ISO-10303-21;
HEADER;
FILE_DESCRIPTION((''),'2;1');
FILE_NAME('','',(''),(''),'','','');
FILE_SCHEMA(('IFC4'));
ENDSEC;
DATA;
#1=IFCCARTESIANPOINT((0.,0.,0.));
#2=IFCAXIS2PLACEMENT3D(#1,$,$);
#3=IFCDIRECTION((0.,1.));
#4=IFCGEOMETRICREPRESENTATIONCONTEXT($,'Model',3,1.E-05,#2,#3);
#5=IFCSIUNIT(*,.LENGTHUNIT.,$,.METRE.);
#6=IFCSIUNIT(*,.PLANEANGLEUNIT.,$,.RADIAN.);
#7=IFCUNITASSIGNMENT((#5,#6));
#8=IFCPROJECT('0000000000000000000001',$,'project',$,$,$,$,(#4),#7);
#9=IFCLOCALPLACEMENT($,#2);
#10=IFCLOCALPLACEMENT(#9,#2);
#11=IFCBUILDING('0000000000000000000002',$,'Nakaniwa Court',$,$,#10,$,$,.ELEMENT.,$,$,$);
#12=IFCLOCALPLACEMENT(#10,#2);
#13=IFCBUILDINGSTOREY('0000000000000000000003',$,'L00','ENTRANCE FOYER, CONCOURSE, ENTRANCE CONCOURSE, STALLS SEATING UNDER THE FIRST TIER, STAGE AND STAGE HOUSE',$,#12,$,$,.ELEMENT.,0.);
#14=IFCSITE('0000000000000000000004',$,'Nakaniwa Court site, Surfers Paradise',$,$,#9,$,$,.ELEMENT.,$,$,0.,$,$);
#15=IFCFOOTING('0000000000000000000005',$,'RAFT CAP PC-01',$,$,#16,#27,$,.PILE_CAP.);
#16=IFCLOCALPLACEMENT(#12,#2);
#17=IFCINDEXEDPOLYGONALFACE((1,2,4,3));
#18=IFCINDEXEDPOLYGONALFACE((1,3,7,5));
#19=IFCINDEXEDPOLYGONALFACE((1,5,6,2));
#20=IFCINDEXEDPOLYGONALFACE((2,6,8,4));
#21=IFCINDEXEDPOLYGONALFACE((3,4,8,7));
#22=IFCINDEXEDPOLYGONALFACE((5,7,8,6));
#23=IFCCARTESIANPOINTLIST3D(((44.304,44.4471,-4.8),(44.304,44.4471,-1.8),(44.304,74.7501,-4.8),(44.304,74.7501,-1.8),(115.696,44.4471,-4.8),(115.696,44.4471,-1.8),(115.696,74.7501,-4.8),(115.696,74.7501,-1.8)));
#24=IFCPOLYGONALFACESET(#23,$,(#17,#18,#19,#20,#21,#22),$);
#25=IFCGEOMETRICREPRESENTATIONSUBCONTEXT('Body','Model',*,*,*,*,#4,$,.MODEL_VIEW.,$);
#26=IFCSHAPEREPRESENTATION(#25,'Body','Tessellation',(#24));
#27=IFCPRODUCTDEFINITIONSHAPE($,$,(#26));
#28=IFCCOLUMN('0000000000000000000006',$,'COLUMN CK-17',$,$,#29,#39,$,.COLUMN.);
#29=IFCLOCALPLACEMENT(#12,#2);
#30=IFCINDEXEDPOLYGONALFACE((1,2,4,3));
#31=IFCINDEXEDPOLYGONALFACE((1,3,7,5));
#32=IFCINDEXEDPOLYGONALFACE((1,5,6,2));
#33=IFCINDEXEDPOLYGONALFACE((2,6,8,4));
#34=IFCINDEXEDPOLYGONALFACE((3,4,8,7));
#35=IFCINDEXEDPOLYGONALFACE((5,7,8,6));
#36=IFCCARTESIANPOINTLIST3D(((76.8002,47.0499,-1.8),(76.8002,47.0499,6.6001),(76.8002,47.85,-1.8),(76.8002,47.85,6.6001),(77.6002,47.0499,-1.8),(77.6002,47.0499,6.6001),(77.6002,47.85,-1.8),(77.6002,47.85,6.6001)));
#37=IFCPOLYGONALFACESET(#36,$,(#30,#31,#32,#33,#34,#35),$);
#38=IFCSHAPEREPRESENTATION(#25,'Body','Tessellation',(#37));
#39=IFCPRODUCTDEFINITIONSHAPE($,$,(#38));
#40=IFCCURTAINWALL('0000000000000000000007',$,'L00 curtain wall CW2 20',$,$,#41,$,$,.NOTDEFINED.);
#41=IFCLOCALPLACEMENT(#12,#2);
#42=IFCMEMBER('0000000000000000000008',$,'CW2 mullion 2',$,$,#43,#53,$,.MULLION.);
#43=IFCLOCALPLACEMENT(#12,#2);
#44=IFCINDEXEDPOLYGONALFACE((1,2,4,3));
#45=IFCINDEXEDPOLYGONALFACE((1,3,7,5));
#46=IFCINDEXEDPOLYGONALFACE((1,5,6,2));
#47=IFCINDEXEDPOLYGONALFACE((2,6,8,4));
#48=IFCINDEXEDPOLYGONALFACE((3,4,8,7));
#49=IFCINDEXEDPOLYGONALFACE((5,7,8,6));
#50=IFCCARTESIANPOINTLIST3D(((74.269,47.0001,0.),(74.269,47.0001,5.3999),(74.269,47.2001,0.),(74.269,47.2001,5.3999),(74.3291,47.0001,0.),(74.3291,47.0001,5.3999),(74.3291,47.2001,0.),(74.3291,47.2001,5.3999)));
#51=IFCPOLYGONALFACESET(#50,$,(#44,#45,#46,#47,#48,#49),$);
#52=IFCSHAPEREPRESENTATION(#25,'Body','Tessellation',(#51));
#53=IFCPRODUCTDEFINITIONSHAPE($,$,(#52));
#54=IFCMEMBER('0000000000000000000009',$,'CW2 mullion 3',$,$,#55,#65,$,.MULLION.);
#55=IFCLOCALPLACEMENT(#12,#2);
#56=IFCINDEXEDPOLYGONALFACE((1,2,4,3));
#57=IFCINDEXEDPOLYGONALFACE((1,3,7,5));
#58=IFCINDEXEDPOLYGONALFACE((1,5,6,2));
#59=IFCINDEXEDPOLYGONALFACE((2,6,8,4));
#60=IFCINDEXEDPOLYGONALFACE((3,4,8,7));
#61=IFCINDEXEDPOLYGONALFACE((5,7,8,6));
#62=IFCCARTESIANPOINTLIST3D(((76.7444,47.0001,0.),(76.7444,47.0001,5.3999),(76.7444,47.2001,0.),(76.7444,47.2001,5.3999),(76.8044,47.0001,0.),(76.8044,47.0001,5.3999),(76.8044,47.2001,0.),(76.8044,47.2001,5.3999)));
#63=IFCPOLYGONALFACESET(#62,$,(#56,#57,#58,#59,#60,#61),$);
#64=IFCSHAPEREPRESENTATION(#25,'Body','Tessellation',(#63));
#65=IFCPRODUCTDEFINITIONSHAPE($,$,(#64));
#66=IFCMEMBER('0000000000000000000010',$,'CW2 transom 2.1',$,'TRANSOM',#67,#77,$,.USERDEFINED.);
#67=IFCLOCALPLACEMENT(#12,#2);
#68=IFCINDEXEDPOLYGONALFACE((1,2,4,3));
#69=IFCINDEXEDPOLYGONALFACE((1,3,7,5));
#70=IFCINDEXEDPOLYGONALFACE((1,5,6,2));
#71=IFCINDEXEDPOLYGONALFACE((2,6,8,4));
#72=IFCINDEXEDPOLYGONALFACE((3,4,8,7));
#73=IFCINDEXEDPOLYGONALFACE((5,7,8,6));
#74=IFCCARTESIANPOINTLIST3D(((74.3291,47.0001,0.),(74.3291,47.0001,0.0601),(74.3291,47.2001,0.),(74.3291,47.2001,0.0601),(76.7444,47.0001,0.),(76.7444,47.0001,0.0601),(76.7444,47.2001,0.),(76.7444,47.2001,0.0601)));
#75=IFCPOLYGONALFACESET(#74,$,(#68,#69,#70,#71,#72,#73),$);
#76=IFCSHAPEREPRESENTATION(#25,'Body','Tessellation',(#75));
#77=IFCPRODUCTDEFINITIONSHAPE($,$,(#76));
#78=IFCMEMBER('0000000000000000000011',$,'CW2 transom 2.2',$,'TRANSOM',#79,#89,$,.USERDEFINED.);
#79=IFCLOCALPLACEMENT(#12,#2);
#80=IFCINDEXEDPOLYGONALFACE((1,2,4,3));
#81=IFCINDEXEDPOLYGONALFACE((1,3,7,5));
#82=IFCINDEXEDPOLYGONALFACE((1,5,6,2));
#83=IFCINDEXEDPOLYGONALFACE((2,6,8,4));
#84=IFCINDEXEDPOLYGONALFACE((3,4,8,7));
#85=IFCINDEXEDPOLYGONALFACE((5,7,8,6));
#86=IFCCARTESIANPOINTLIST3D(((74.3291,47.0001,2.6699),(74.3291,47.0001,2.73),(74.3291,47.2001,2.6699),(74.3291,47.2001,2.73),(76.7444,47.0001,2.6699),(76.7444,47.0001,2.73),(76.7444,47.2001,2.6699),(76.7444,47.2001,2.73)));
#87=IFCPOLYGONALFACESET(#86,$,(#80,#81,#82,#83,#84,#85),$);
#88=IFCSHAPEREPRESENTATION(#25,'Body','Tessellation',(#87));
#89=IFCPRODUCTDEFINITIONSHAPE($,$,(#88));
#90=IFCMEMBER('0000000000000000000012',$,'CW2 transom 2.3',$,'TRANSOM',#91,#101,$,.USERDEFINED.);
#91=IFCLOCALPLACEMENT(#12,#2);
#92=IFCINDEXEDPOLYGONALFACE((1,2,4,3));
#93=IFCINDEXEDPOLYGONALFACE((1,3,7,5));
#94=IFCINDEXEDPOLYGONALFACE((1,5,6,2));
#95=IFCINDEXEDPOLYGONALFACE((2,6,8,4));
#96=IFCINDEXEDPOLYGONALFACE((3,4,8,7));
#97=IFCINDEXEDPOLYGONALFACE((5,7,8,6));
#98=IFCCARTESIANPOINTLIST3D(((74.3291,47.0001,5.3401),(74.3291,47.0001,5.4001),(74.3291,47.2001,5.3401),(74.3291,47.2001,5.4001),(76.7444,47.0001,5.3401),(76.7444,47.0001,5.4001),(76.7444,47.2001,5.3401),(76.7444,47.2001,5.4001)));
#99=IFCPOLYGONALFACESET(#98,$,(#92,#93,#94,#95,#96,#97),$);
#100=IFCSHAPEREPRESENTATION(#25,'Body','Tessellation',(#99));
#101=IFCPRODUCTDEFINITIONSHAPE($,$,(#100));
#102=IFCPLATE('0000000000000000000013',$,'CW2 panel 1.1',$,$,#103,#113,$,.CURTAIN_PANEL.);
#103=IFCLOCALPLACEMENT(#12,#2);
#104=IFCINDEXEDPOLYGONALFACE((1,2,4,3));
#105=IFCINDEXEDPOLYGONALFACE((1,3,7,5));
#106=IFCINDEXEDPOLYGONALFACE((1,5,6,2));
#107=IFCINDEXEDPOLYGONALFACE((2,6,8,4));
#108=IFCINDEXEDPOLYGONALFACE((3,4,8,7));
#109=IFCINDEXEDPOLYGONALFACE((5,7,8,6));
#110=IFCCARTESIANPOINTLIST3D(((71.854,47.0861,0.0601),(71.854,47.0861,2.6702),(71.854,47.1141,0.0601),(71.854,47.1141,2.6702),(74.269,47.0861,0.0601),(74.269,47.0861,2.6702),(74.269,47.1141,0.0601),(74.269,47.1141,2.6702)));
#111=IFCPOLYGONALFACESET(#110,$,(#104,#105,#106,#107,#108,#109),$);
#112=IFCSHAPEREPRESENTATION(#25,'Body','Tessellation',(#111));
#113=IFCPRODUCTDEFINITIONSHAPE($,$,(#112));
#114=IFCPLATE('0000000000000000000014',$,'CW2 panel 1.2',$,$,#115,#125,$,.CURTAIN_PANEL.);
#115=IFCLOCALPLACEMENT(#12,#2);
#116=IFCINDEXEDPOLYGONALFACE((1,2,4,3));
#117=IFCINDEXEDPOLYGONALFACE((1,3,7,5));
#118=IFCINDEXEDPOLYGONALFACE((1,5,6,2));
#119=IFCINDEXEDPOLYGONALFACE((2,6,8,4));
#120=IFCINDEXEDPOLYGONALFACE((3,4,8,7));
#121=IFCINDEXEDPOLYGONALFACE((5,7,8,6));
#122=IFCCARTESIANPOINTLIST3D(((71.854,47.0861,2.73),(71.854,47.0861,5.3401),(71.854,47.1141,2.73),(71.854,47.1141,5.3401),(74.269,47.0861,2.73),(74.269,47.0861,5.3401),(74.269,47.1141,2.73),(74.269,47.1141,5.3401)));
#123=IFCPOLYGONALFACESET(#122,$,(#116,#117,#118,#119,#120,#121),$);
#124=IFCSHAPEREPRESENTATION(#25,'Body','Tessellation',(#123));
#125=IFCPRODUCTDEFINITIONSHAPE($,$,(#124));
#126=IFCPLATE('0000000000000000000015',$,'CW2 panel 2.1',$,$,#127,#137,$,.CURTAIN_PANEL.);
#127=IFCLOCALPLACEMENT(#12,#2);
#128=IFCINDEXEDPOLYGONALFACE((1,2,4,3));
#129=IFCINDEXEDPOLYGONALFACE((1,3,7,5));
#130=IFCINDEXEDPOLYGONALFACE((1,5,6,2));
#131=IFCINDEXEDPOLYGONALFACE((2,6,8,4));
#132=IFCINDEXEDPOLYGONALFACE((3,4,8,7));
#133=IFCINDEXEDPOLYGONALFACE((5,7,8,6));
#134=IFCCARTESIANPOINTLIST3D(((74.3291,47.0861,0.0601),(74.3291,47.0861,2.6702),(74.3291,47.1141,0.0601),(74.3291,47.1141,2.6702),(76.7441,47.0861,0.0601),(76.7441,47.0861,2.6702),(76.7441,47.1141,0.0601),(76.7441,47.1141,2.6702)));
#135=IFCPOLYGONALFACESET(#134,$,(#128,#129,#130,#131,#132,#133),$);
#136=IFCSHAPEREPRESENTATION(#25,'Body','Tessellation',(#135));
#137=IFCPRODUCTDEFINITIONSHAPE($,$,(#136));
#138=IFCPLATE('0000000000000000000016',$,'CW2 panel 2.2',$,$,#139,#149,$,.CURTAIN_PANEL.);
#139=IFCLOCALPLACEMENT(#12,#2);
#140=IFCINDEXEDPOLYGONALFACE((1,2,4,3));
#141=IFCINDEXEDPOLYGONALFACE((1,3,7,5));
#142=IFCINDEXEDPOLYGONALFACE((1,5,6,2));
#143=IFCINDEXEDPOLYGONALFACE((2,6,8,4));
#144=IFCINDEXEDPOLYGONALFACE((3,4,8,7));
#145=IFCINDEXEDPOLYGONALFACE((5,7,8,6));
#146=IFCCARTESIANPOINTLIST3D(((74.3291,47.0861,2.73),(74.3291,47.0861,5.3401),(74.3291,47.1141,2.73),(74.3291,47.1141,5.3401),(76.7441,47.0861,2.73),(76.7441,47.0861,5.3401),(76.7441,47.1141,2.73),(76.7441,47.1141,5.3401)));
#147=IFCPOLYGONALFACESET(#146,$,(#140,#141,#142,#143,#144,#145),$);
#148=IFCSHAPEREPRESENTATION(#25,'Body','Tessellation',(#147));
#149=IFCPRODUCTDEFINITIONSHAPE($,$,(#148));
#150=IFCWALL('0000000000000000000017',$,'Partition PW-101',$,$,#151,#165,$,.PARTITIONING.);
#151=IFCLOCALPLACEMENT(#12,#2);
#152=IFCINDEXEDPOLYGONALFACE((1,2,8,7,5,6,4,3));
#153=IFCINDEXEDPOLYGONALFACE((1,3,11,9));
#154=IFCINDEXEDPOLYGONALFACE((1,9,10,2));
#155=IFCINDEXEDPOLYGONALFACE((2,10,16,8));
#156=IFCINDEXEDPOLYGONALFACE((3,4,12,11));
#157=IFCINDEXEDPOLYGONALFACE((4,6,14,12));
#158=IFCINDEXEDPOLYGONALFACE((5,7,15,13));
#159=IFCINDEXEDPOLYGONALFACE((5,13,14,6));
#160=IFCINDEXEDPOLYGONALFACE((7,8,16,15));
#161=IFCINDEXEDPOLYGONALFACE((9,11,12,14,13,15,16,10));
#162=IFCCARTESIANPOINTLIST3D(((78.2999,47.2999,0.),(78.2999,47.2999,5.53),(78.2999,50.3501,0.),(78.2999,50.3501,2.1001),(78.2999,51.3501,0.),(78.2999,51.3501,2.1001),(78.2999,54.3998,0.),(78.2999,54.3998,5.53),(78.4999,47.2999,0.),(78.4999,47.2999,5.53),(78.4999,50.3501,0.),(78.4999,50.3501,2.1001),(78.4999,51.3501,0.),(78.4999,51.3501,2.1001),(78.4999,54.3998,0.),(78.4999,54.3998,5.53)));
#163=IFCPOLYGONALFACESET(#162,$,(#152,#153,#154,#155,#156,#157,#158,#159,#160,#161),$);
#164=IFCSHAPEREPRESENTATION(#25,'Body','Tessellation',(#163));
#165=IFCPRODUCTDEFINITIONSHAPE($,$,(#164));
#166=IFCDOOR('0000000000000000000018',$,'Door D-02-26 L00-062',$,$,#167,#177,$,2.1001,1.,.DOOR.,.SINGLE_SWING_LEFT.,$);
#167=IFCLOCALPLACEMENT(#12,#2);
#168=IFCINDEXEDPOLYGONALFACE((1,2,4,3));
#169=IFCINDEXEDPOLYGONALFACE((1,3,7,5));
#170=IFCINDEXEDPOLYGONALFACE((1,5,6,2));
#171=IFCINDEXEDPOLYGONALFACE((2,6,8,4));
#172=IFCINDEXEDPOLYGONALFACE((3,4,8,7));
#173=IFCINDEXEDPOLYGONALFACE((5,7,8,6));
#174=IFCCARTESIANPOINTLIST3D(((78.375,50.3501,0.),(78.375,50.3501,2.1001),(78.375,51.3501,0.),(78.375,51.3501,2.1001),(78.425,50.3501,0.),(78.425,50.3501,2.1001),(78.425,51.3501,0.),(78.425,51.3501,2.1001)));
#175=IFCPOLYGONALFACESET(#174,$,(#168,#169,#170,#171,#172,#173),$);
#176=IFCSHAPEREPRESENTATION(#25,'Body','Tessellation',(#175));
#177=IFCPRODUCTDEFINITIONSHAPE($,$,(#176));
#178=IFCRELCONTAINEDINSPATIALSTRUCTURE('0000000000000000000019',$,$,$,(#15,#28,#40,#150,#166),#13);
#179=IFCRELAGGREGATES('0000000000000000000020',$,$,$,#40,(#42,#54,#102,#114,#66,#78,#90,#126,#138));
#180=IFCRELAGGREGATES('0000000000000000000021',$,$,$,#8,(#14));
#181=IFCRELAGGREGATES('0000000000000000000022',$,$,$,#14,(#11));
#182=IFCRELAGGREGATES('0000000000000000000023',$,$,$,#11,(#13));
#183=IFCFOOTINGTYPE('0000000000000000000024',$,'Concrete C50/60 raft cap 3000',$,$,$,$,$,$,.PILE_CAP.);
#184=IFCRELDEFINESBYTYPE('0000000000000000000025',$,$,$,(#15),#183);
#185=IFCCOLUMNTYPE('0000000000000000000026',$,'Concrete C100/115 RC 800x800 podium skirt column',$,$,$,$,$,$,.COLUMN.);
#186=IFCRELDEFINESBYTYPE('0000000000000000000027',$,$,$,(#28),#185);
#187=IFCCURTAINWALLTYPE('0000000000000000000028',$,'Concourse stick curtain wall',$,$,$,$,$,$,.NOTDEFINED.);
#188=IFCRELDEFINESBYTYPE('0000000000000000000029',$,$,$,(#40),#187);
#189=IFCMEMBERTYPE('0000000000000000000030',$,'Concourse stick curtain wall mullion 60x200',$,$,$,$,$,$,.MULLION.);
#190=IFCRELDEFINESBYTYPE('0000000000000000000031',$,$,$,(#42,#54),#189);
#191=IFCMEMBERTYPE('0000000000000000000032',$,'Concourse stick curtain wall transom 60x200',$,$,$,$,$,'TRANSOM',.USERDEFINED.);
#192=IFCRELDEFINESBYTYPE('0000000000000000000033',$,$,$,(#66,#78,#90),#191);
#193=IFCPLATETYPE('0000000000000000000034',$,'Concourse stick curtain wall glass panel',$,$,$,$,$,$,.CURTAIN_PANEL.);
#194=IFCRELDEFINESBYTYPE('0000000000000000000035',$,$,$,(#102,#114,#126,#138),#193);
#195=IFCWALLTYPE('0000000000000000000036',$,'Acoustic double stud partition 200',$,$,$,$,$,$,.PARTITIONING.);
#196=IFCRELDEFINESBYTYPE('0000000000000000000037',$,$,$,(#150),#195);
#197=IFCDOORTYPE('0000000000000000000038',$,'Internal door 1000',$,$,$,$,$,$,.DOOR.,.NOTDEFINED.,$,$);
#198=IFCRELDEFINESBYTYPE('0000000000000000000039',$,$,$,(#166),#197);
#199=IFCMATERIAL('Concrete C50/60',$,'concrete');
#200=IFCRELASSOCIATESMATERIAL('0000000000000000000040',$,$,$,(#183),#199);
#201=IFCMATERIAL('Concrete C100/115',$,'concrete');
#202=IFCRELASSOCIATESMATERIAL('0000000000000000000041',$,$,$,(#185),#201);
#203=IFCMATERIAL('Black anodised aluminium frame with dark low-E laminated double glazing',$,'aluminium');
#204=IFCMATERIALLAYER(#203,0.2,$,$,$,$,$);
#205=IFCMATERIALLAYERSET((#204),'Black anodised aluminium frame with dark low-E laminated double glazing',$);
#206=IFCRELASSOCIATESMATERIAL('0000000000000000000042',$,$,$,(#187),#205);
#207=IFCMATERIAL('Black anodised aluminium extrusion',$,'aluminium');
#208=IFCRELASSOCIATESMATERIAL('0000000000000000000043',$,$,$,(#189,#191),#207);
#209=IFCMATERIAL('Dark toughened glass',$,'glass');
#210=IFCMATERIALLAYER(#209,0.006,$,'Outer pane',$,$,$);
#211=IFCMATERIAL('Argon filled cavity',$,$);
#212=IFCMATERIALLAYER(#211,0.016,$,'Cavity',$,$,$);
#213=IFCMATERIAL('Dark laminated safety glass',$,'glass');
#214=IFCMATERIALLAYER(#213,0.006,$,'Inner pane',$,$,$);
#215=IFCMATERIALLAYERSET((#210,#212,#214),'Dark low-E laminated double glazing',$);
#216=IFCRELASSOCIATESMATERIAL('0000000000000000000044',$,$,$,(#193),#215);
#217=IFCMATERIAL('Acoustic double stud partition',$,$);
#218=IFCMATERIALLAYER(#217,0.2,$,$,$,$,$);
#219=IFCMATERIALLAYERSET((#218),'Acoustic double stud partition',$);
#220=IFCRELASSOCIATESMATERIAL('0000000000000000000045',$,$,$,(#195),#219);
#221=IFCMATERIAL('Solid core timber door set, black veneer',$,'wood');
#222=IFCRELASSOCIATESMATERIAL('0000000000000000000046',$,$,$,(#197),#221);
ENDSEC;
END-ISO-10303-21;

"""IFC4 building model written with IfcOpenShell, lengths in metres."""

from ifc_helpers import new_model, si_unit, direction, frame, frame_2d, origin, origin_2d, place, context, subcontext, project, spatial, rectangle, extrude, material, layer, layer_set, material_profile, profile_set, type_object, element, fill, aggregate, save


model = new_model("IFC4")

# Units and contexts
model_context = context("Model", 3, precision=1e-05, world=origin(), true_north=direction((0.0, 1.0)))
body_context = subcontext(model_context, "Body", "Model", "MODEL_VIEW")
ifc_project = project(units=[si_unit("LENGTHUNIT", "METRE"), si_unit("PLANEANGLEUNIT", "RADIAN")], contexts=[model_context])

# Site, building, storey
site_placement = place(None, origin())
site = spatial("IfcSite", under=ifc_project, at=site_placement, Name="Nakaniwa Court site, Surfers Paradise", CompositionType="ELEMENT", RefElevation=0.0)
building_placement = place(site_placement, origin())
building = spatial("IfcBuilding", under=site, at=building_placement, Name="Nakaniwa Court", CompositionType="ELEMENT")
storey_placement = place(building_placement, origin())
storey = spatial("IfcBuildingStorey", under=building, at=storey_placement, Name="L00", Description="ENTRANCE FOYER, CONCOURSE, ENTRANCE CONCOURSE, STALLS SEATING UNDER THE FIRST TIER, STAGE AND STAGE HOUSE", CompositionType="ELEMENT", Elevation=0.0)

# Shared definitions
ifc_material_1 = material(Name="Concrete C50/60", Category="concrete")

# Footing
footing_type = type_object("IfcFootingType", Name="Concrete C50/60 raft cap 3000", PredefinedType="PILE_CAP", material=ifc_material_1)
footing_placement = place(storey_placement, frame((80.0, 59.5986, -4.8), z_axis=(0.0, 0.0, 1.0), x_axis=(1.0, 0.0, 0.0)))
element("IfcFooting", 1, at=footing_placement, inside=storey, type_object=footing_type, Name="RAFT CAP PC-01", PredefinedType="PILE_CAP", context=body_context, shape_type="SweptSolid", body=[
    extrude(rectangle(XDim=71.3921, YDim=30.303, at=origin_2d()), origin(), (0.0, 0.0, 1.0), 3.0),
])

# Column
ifc_material_2 = material(Name="Concrete C100/115", Category="concrete")
ifc_material_profile_1 = material_profile(ifc_material_2, rectangle(XDim=0.8, YDim=0.8, at=origin_2d()), Name="Concrete C100/115 RC 800x800 podium skirt column")
ifc_profile_set_1 = profile_set([ifc_material_profile_1], Name="Concrete C100/115")
column_type = type_object("IfcColumnType", Name="Concrete C100/115 RC 800x800 podium skirt column", PredefinedType="COLUMN", material=ifc_profile_set_1)
column_placement = place(storey_placement, frame((77.2002, 47.45, -1.8), z_axis=(0.0, 0.0, 1.0), x_axis=(1.0, 0.0, 0.0)))
element("IfcColumn", 2, at=column_placement, inside=storey, type_object=column_type, Name="COLUMN CK-17", PredefinedType="COLUMN", context=body_context, shape_type="SweptSolid", body=[
    extrude(rectangle(XDim=0.8, YDim=0.8, at=origin_2d()), origin(), (0.0, 0.0, 1.0), 8.4001),
])

# Curtain wall, members, plates
ifc_material_3 = material(Name="Black anodised aluminium frame with dark low-E laminated double glazing", Category="aluminium")
ifc_layer_1 = layer(ifc_material_3, 0.2)
ifc_layer_set_1 = layer_set([ifc_layer_1], Name="Black anodised aluminium frame with dark low-E laminated double glazing")
curtain_wall_type = type_object("IfcCurtainWallType", Name="Concourse stick curtain wall", PredefinedType="NOTDEFINED", material=ifc_layer_set_1)
curtain_wall_placement = place(storey_placement, origin())
curtain_wall = element("IfcCurtainWall", 3, at=curtain_wall_placement, inside=storey, type_object=curtain_wall_type, Name="L00 curtain wall CW2 20", PredefinedType="NOTDEFINED")
ifc_material_4 = material(Name="Black anodised aluminium extrusion", Category="aluminium")
ifc_material_profile_2 = material_profile(ifc_material_4, rectangle(XDim=0.2, YDim=0.0601, at=origin_2d()), Name="Concourse stick curtain wall mullion 60x200")
ifc_profile_set_2 = profile_set([ifc_material_profile_2], Name="Black anodised aluminium extrusion")
member_type_1 = type_object("IfcMemberType", Name="Concourse stick curtain wall mullion 60x200", PredefinedType="MULLION", material=ifc_profile_set_2)
member_1_placement = place(storey_placement, frame((74.2991, 47.1001, 0.0), z_axis=(0.0, 0.0, 1.0), x_axis=(0.0, 1.0, 0.0)))
member_1 = element("IfcMember", 4, at=member_1_placement, type_object=member_type_1, Name="CW2 mullion 2", PredefinedType="MULLION", context=body_context, shape_type="SweptSolid", body=[
    extrude(rectangle(XDim=0.2, YDim=0.0601, at=origin_2d()), origin(), (0.0, 0.0, 1.0), 5.3999),
])
member_2_placement = place(storey_placement, frame((76.7744, 47.1001, 0.0), z_axis=(0.0, 0.0, 1.0), x_axis=(0.0, 1.0, 0.0)))
member_2 = element("IfcMember", 5, at=member_2_placement, type_object=member_type_1, Name="CW2 mullion 3", PredefinedType="MULLION", context=body_context, shape_type="SweptSolid", body=[
    extrude(rectangle(XDim=0.2, YDim=0.0601, at=origin_2d()), origin(), (0.0, 0.0, 1.0), 5.3999),
])
ifc_material_profile_3 = material_profile(ifc_material_4, rectangle(XDim=0.2, YDim=0.0601, at=origin_2d()), Name="Concourse stick curtain wall transom 60x200")
ifc_profile_set_3 = profile_set([ifc_material_profile_3], Name="Black anodised aluminium extrusion")
member_type_2 = type_object("IfcMemberType", Name="Concourse stick curtain wall transom 60x200", ElementType="TRANSOM", PredefinedType="USERDEFINED", material=ifc_profile_set_3)
member_3_placement = place(storey_placement, frame((74.3291, 47.1001, 0.03), z_axis=(1.0, 0.0, 0.0), x_axis=(0.0, 1.0, 0.0)))
member_3 = element("IfcMember", 6, at=member_3_placement, type_object=member_type_2, Name="CW2 transom 2.1", ObjectType="TRANSOM", PredefinedType="USERDEFINED", context=body_context, shape_type="SweptSolid", body=[
    extrude(rectangle(XDim=0.2, YDim=0.0601, at=origin_2d()), origin(), (0.0, 0.0, 1.0), 2.4153),
])
member_4_placement = place(storey_placement, frame((74.3291, 47.1001, 2.7), z_axis=(1.0, 0.0, 0.0), x_axis=(0.0, 1.0, 0.0)))
member_4 = element("IfcMember", 7, at=member_4_placement, type_object=member_type_2, Name="CW2 transom 2.2", ObjectType="TRANSOM", PredefinedType="USERDEFINED", context=body_context, shape_type="SweptSolid", body=[
    extrude(rectangle(XDim=0.2, YDim=0.0601, at=origin_2d()), origin(), (0.0, 0.0, 1.0), 2.4153),
])
member_5_placement = place(storey_placement, frame((74.3291, 47.1001, 5.3701), z_axis=(1.0, 0.0, 0.0), x_axis=(0.0, 1.0, 0.0)))
member_5 = element("IfcMember", 8, at=member_5_placement, type_object=member_type_2, Name="CW2 transom 2.3", ObjectType="TRANSOM", PredefinedType="USERDEFINED", context=body_context, shape_type="SweptSolid", body=[
    extrude(rectangle(XDim=0.2, YDim=0.0601, at=origin_2d()), origin(), (0.0, 0.0, 1.0), 2.4153),
])
ifc_material_5 = material(Name="Dark toughened glass", Category="glass")
ifc_layer_2 = layer(ifc_material_5, 0.006, Name="Outer pane")
ifc_material_6 = material(Name="Argon filled cavity")
ifc_layer_3 = layer(ifc_material_6, 0.016, Name="Cavity")
ifc_material_7 = material(Name="Dark laminated safety glass", Category="glass")
ifc_layer_4 = layer(ifc_material_7, 0.006, Name="Inner pane")
ifc_layer_set_2 = layer_set([ifc_layer_2, ifc_layer_3, ifc_layer_4], Name="Dark low-E laminated double glazing")
plate_type = type_object("IfcPlateType", Name="Concourse stick curtain wall glass panel", PredefinedType="CURTAIN_PANEL", material=ifc_layer_set_2)
plate_1_placement = place(storey_placement, frame((73.0615, 47.1001, 0.0601), z_axis=(0.0, 0.0, 1.0), x_axis=(1.0, 0.0, 0.0)))
plate_1 = element("IfcPlate", 9, at=plate_1_placement, type_object=plate_type, Name="CW2 panel 1.1", PredefinedType="CURTAIN_PANEL", context=body_context, shape_type="SweptSolid", body=[
    extrude(rectangle(XDim=2.415, YDim=0.0281, at=origin_2d()), origin(), (0.0, 0.0, 1.0), 2.6101),
])
plate_2_placement = place(storey_placement, frame((73.0615, 47.1001, 2.73), z_axis=(0.0, 0.0, 1.0), x_axis=(1.0, 0.0, 0.0)))
plate_2 = element("IfcPlate", 10, at=plate_2_placement, type_object=plate_type, Name="CW2 panel 1.2", PredefinedType="CURTAIN_PANEL", context=body_context, shape_type="SweptSolid", body=[
    extrude(rectangle(XDim=2.415, YDim=0.0281, at=origin_2d()), origin(), (0.0, 0.0, 1.0), 2.6101),
])
plate_3_placement = place(storey_placement, frame((75.5366, 47.1001, 0.0601), z_axis=(0.0, 0.0, 1.0), x_axis=(1.0, 0.0, 0.0)))
plate_3 = element("IfcPlate", 11, at=plate_3_placement, type_object=plate_type, Name="CW2 panel 2.1", PredefinedType="CURTAIN_PANEL", context=body_context, shape_type="SweptSolid", body=[
    extrude(rectangle(XDim=2.415, YDim=0.0281, at=origin_2d()), origin(), (0.0, 0.0, 1.0), 2.6101),
])
plate_4_placement = place(storey_placement, frame((75.5366, 47.1001, 2.73), z_axis=(0.0, 0.0, 1.0), x_axis=(1.0, 0.0, 0.0)))
plate_4 = element("IfcPlate", 12, at=plate_4_placement, type_object=plate_type, Name="CW2 panel 2.2", PredefinedType="CURTAIN_PANEL", context=body_context, shape_type="SweptSolid", body=[
    extrude(rectangle(XDim=2.415, YDim=0.0281, at=origin_2d()), origin(), (0.0, 0.0, 1.0), 2.6101),
])
aggregate(curtain_wall, [member_1, member_2, plate_1, plate_2, member_3, member_4, member_5, plate_3, plate_4])

# Wall, opening, door
ifc_material_8 = material(Name="Acoustic double stud partition")
ifc_layer_5 = layer(ifc_material_8, 0.2)
ifc_layer_set_3 = layer_set([ifc_layer_5], Name="Acoustic double stud partition")
wall_type_1 = type_object("IfcWallType", Name="Acoustic double stud partition 200", PredefinedType="PARTITIONING", material=ifc_layer_set_3)
wall_1_placement = place(storey_placement, frame((78.3999, 47.3, 0.0), z_axis=(0.0, 0.0, 1.0), x_axis=(0.0, 1.0, 0.0)))
wall_1 = element("IfcWall", 13, at=wall_1_placement, inside=storey, type_object=wall_type_1, Name="Partition PW-101", PredefinedType="PARTITIONING", context=body_context, shape_type="SweptSolid", body=[
    extrude(rectangle(XDim=7.0999, YDim=0.2, at=frame_2d((3.5498, 0.0))), origin(), (0.0, 0.0, 1.0), 5.53),
])
opening_1_placement = place(wall_1_placement, frame((3.05, 0.0, 0.0)))
opening_1 = element("IfcOpeningElement", 14, at=opening_1_placement, cuts=wall_1, PredefinedType="OPENING", context=body_context, shape_type="SweptSolid", body=[
    extrude(rectangle(XDim=1.0, YDim=2.1001, at=frame_2d((0.5, 1.05))), frame((0.0, 0.1099, 0.0), z_axis=(0.0, -1.0, 0.0), x_axis=(1.0, 0.0, 0.0)), (0.0, 0.0, 1.0), 0.22),
])
ifc_material_9 = material(Name="Solid core timber door set, black veneer", Category="wood")
door_type_1 = type_object("IfcDoorType", Name="Internal door 1000", OperationType="NOTDEFINED", PredefinedType="DOOR", material=ifc_material_9)
door_1_placement = place(opening_1_placement, origin())
door_1 = element("IfcDoor", 15, at=door_1_placement, inside=storey, type_object=door_type_1, Name="Door D-02-26 L00-062", OperationType="SINGLE_SWING_LEFT", OverallHeight=2.1001, OverallWidth=1.0, PredefinedType="DOOR", context=body_context, shape_type="SweptSolid", body=[
    extrude(rectangle(XDim=1.0, YDim=2.1001, at=frame_2d((0.5, 1.05))), frame((0.0, 0.0249, 0.0), z_axis=(0.0, -1.0, 0.0), x_axis=(1.0, 0.0, 0.0)), (0.0, 0.0, 1.0), 0.05),
])
fill(opening_1, door_1)

save(model, "model.ifc")
